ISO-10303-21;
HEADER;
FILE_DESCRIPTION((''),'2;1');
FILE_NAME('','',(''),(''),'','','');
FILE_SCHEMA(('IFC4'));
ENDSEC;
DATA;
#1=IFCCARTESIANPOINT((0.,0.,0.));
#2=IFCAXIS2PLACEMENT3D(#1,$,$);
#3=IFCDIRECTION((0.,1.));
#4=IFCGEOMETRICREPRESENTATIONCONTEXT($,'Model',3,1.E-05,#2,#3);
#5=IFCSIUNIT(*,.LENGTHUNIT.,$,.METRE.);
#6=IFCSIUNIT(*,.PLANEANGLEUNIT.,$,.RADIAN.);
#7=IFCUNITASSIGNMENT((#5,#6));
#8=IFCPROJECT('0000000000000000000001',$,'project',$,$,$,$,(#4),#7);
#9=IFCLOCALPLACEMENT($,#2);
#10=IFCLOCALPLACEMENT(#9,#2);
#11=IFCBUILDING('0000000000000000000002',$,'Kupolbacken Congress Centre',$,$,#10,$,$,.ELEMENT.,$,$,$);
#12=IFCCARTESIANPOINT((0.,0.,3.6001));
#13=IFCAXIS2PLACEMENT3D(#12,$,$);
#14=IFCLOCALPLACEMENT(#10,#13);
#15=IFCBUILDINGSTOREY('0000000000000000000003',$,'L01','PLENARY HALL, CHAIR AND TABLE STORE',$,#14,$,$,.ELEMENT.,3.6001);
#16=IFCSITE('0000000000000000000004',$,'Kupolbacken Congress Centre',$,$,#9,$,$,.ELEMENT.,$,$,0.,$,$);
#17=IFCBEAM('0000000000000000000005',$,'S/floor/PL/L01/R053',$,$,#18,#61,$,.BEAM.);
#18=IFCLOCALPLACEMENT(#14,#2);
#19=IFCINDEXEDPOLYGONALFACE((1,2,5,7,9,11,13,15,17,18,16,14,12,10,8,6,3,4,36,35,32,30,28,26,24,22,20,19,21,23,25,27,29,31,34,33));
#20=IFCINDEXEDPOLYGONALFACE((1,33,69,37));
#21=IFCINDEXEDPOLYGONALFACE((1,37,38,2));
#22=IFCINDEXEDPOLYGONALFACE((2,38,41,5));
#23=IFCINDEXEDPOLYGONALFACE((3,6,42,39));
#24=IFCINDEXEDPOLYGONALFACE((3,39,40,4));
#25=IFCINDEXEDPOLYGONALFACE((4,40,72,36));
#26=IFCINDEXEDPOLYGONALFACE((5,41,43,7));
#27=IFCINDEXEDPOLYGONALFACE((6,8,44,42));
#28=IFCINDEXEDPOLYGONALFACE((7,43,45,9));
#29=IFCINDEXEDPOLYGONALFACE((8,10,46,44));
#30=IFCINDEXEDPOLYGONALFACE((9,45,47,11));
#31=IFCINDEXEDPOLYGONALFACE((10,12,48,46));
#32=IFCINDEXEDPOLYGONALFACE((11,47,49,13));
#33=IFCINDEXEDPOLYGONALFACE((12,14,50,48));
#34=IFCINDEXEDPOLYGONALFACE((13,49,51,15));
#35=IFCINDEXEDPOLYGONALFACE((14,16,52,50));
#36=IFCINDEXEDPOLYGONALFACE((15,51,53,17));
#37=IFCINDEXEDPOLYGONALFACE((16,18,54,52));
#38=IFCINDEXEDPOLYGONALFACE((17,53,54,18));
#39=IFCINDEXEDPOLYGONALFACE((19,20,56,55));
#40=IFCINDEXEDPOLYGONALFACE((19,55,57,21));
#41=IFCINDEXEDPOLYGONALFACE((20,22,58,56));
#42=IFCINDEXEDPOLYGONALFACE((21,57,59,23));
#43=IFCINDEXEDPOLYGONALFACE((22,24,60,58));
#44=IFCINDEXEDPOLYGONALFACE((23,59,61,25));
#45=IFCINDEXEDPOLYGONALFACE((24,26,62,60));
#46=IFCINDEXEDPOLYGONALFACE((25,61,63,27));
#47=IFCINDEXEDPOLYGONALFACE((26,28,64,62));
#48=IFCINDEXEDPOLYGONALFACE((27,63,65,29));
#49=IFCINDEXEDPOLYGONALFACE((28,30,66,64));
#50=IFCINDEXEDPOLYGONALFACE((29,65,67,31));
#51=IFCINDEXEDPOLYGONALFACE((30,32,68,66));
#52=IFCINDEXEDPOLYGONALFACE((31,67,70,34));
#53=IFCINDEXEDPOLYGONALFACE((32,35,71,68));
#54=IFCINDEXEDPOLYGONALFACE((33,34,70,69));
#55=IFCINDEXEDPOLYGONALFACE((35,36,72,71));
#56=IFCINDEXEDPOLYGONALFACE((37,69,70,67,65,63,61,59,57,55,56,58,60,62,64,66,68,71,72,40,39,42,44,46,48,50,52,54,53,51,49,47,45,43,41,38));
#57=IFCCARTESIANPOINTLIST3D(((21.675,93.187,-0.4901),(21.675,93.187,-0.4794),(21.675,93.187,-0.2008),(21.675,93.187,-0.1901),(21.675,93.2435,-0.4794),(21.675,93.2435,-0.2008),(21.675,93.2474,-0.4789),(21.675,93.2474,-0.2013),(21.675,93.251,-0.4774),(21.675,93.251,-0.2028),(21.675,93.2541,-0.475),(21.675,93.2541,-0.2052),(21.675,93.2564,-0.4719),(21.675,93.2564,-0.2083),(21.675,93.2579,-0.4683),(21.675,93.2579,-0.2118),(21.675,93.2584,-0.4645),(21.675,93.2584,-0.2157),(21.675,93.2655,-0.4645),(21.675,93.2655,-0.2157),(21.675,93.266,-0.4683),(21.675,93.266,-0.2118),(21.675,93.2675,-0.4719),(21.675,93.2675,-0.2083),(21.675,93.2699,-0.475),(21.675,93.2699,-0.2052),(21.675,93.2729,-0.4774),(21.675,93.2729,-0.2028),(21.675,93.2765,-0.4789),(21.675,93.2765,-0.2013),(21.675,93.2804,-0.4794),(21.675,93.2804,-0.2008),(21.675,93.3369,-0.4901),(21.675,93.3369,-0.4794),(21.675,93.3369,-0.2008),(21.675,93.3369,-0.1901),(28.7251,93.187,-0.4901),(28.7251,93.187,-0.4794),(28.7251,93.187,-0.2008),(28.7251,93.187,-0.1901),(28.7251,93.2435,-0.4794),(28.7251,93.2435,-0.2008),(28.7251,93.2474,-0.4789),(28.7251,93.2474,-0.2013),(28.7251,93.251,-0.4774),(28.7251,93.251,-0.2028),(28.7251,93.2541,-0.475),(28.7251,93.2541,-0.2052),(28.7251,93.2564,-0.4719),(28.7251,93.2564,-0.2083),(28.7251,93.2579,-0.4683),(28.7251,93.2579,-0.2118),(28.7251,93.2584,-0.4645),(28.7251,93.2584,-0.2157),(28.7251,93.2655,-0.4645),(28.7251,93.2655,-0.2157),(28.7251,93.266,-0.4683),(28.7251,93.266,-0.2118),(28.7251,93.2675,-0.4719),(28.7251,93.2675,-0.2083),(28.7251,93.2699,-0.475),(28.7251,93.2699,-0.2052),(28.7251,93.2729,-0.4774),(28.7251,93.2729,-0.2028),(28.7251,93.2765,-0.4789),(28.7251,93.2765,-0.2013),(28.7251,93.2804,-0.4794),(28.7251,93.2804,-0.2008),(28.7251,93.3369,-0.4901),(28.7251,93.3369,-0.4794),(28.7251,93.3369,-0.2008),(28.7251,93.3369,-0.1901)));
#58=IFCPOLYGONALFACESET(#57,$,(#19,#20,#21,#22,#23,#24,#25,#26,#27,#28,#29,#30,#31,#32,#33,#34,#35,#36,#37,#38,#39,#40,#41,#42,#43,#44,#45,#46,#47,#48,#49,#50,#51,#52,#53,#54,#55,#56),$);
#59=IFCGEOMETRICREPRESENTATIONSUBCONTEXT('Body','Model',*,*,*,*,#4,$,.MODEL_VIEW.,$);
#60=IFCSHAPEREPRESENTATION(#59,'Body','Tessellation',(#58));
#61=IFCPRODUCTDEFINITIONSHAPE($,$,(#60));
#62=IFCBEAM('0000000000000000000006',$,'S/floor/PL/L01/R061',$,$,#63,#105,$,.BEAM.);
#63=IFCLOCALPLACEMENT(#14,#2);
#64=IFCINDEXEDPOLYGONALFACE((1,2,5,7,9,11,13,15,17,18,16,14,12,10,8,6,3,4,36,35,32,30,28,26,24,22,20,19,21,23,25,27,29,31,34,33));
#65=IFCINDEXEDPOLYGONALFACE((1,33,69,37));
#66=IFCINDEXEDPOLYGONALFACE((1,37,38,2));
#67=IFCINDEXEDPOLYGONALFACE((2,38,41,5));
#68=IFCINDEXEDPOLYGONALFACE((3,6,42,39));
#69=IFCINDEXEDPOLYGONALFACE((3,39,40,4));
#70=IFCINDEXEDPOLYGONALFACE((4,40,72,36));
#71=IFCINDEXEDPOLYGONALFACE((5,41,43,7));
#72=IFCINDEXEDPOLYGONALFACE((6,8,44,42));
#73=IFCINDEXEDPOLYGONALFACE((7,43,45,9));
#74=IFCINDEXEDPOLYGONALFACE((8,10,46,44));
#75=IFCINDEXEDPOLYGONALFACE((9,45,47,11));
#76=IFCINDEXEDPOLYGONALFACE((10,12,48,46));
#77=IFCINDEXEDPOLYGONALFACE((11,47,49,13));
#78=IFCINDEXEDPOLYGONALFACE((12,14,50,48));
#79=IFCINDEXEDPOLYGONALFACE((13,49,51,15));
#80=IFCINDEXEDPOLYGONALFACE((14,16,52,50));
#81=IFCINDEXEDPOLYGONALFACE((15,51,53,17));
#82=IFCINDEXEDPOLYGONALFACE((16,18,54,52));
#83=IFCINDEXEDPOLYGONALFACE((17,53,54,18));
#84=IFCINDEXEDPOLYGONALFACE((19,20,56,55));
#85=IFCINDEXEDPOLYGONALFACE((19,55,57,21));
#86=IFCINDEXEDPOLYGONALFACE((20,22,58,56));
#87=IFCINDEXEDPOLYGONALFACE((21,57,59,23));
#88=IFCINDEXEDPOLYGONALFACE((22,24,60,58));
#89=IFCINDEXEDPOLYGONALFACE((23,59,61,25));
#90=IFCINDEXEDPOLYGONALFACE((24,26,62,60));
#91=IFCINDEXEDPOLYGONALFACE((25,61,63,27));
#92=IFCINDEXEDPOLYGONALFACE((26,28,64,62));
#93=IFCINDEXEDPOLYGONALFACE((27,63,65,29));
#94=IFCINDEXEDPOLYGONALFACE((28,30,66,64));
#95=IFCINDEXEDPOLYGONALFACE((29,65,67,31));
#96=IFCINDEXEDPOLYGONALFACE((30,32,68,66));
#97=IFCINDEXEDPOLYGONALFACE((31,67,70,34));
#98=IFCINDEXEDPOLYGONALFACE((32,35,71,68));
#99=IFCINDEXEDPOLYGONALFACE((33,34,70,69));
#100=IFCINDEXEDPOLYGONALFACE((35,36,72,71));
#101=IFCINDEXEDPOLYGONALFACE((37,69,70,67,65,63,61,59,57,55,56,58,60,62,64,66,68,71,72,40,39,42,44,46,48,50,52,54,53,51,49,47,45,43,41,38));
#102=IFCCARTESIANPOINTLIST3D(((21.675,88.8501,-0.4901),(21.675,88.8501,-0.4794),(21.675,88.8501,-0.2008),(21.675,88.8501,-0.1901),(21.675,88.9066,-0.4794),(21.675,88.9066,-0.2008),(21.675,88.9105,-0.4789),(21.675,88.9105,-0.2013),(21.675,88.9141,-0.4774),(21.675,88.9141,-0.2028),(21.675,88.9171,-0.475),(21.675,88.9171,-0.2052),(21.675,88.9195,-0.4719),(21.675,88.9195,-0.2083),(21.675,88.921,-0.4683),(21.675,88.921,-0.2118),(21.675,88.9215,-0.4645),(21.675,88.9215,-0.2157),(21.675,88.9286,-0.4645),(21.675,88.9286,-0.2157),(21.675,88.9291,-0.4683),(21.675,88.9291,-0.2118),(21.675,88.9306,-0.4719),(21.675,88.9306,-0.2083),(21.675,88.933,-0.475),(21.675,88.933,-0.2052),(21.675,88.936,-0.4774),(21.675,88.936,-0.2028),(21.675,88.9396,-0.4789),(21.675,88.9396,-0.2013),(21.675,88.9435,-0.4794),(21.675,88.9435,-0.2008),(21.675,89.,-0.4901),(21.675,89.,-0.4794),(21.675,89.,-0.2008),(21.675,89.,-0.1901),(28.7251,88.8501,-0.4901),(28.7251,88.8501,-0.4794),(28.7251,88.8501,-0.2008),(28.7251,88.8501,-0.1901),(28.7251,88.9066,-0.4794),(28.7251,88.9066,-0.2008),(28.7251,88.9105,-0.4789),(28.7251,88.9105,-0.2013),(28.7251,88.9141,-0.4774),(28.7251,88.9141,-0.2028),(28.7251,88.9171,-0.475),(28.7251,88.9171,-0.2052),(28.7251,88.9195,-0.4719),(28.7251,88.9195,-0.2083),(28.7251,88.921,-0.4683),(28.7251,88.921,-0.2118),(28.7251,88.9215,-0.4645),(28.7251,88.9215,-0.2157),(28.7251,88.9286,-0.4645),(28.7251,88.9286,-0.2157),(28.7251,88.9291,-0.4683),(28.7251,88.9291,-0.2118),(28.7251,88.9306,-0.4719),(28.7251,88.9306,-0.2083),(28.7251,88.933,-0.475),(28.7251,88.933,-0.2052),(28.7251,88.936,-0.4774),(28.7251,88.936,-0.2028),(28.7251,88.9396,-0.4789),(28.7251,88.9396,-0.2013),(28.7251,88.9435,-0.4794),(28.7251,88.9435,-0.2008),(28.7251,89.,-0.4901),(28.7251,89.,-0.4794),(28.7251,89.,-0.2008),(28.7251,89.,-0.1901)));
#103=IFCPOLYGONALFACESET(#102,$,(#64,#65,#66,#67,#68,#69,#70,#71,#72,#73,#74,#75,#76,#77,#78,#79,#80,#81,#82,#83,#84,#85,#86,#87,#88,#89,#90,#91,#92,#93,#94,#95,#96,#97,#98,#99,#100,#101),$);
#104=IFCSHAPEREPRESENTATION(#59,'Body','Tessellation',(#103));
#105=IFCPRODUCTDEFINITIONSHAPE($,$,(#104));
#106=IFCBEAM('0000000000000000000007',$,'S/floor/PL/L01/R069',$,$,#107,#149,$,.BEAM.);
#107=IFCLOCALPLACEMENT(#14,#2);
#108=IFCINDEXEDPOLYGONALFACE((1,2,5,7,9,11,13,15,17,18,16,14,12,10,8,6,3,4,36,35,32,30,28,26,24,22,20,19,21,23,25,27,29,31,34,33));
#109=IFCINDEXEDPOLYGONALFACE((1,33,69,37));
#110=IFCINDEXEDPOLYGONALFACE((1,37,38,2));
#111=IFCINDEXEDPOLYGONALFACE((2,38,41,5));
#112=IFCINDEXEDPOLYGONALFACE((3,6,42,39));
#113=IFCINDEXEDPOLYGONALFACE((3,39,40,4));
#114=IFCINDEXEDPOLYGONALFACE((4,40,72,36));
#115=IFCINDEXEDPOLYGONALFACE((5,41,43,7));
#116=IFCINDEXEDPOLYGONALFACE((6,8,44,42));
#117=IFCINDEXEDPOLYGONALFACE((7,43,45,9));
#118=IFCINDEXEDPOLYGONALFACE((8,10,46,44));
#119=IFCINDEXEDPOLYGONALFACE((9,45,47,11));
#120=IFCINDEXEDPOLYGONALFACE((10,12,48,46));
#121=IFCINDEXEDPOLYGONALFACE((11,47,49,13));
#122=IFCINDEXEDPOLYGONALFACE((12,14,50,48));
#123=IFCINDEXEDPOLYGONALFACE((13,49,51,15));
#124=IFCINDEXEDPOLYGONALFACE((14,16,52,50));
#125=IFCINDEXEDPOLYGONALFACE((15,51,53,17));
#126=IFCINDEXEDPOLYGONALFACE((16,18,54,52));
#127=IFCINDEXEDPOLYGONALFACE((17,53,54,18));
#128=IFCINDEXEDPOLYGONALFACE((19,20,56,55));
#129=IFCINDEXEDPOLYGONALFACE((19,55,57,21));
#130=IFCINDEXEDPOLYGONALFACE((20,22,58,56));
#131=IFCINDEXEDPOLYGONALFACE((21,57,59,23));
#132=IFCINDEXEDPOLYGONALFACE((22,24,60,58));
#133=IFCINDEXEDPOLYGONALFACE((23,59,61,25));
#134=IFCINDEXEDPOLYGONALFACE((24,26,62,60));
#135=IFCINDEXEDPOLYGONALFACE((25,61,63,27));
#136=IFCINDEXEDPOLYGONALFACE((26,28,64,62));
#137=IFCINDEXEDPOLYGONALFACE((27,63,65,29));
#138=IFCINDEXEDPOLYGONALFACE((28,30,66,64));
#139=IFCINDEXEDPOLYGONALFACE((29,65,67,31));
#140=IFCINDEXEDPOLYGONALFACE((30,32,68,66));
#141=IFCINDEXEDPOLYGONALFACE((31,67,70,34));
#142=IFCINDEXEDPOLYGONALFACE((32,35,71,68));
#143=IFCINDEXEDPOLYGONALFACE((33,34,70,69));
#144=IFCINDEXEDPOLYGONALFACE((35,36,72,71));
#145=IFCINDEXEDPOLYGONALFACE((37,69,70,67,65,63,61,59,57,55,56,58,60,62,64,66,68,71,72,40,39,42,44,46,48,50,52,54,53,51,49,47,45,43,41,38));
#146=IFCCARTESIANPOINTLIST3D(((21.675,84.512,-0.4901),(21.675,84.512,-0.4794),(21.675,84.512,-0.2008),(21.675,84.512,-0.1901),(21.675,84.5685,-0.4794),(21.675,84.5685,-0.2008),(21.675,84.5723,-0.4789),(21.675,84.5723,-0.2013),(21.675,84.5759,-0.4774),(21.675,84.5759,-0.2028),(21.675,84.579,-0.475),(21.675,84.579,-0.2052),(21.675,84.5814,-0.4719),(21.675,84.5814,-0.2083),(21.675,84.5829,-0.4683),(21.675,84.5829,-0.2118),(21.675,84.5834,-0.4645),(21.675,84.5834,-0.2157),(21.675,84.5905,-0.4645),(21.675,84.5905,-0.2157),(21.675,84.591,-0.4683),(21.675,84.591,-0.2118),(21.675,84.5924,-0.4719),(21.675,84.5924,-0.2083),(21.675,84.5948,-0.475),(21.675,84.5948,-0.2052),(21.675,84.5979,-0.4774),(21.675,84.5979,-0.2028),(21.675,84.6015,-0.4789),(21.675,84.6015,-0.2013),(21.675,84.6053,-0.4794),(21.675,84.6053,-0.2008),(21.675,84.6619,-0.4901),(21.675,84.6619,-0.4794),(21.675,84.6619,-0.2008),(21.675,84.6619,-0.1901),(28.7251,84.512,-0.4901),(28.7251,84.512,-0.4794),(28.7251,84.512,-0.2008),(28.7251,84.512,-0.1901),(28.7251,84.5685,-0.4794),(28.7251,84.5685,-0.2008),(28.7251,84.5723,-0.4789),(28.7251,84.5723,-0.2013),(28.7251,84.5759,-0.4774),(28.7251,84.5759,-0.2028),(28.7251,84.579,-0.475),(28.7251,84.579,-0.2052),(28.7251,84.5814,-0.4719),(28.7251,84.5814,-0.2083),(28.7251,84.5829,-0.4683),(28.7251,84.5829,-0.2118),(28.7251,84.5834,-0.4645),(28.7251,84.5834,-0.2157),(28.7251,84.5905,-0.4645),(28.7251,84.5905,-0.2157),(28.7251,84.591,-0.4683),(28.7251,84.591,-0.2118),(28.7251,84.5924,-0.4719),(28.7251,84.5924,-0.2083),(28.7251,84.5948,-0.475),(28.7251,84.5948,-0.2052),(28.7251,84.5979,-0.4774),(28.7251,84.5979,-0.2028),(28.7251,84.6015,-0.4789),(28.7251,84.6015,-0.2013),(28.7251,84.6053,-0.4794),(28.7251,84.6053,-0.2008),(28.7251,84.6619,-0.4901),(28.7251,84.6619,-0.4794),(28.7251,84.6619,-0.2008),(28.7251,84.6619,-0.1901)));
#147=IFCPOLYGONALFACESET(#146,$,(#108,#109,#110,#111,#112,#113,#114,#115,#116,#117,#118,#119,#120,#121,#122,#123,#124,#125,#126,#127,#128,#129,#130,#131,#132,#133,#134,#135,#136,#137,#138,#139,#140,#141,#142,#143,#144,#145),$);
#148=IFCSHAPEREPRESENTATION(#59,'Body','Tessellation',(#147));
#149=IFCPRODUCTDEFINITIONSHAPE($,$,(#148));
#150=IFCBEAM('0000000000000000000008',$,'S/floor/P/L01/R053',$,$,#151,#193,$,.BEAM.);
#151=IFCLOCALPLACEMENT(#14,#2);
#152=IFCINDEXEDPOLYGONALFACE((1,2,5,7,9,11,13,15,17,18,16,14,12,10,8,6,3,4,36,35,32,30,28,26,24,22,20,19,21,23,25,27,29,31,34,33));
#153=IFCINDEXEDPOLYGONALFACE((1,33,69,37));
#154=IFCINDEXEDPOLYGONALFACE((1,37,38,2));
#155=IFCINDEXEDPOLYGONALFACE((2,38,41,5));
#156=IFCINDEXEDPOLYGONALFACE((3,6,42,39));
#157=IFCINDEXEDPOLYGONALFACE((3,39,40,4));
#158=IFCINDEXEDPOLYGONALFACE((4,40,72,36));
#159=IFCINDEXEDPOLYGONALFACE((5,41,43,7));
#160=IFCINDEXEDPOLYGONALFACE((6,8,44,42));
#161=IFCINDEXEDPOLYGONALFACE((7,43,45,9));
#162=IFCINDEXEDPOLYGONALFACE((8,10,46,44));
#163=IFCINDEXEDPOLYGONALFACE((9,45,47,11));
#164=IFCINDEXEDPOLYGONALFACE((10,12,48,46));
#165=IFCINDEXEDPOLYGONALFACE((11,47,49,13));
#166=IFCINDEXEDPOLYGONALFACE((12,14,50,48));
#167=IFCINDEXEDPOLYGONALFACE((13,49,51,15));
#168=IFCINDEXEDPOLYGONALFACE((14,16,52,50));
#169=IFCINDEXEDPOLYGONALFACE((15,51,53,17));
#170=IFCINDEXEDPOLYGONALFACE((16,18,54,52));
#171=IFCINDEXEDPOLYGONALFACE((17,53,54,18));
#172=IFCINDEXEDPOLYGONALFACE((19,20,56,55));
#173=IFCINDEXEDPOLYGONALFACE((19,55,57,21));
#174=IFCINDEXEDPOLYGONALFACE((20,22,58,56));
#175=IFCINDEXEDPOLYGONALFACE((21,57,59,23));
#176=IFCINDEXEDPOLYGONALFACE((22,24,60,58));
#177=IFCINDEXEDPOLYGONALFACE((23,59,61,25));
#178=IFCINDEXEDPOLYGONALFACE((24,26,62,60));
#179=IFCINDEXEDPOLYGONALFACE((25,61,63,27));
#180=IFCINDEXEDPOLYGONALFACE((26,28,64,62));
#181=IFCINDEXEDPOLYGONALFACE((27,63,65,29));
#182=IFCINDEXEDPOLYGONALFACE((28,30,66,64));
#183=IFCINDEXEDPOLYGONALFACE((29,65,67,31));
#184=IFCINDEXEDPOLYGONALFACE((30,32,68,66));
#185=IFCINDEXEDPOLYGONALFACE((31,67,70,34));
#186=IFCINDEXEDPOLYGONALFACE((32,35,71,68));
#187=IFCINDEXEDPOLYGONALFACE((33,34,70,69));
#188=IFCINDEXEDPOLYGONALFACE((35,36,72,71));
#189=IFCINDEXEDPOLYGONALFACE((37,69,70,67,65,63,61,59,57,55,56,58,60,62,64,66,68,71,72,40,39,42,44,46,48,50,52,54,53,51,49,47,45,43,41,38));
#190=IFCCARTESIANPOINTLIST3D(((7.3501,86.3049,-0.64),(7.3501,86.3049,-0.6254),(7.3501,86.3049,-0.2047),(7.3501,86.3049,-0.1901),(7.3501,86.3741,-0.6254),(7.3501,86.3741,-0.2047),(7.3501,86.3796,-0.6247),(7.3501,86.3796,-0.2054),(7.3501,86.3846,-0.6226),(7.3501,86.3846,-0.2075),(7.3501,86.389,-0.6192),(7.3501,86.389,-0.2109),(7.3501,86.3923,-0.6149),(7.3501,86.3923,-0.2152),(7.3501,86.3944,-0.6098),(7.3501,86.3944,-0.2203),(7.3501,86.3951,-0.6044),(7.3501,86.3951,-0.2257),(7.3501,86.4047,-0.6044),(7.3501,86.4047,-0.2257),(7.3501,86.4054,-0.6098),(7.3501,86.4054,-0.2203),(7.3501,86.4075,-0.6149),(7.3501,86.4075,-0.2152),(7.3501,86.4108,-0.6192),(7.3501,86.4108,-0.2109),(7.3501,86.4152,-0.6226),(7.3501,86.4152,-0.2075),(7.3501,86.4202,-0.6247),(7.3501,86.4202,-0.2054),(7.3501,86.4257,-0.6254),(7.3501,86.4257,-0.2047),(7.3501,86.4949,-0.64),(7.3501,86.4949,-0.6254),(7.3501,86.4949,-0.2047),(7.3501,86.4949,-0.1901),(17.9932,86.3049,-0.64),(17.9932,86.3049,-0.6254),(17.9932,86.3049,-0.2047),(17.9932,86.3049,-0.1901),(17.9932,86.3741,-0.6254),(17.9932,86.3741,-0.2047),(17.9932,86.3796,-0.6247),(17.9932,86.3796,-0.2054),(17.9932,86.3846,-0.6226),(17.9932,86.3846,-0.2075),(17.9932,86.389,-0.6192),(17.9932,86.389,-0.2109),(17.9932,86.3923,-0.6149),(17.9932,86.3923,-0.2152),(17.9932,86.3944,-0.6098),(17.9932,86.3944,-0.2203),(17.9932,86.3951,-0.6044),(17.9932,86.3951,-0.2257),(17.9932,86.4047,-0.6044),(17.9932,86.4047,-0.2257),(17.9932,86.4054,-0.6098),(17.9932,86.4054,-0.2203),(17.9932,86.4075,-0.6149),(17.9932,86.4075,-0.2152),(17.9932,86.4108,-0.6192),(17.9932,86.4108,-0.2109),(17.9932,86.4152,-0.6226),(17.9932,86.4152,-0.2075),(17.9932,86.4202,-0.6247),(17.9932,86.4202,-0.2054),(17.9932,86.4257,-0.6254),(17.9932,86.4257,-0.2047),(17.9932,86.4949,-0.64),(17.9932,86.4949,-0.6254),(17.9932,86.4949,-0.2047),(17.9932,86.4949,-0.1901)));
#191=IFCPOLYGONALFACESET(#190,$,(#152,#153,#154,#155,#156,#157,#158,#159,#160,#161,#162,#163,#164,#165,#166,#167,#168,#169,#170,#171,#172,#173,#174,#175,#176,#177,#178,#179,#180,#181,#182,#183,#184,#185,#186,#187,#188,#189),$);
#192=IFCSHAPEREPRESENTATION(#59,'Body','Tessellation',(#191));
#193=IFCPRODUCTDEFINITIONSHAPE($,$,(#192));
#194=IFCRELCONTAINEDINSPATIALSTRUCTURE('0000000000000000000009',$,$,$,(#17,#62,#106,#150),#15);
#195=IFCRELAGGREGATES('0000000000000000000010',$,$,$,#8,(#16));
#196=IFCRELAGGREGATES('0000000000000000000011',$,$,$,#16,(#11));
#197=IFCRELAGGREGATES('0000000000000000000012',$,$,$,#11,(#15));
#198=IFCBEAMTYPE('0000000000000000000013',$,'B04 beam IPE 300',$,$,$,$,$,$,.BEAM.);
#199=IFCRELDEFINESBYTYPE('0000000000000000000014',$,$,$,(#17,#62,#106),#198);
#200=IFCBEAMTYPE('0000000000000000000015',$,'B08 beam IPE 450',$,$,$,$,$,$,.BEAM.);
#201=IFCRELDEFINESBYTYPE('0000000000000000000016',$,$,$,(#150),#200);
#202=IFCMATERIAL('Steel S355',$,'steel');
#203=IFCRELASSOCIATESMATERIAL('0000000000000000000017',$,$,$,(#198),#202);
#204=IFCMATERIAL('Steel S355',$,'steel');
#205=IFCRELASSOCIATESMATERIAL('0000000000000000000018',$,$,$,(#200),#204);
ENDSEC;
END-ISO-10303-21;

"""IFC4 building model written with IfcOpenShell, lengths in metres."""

from ifc_helpers import new_model, si_unit, direction, frame, origin, origin_2d, place, context, subcontext, project, spatial, i_section, extrude, material, material_profile, profile_set, type_object, element, save


model = new_model("IFC4")

# Units and contexts
model_context = context("Model", 3, precision=1e-05, world=origin(), true_north=direction((0.0, 1.0)))
body_context = subcontext(model_context, "Body", "Model", "MODEL_VIEW")
ifc_project = project(units=[si_unit("LENGTHUNIT", "METRE"), si_unit("PLANEANGLEUNIT", "RADIAN")], contexts=[model_context])

# Site, building, storey
site_placement = place(None, origin())
site = spatial("IfcSite", under=ifc_project, at=site_placement, Name="Kupolbacken Congress Centre", CompositionType="ELEMENT", RefElevation=0.0)
building_placement = place(site_placement, origin())
building = spatial("IfcBuilding", under=site, at=building_placement, Name="Kupolbacken Congress Centre", CompositionType="ELEMENT")
storey_placement = place(building_placement, frame((0.0, 0.0, 3.6001)))
storey = spatial("IfcBuildingStorey", under=building, at=storey_placement, Name="L01", Description="PLENARY HALL, CHAIR AND TABLE STORE", CompositionType="ELEMENT", Elevation=3.6001)

# Beams
ifc_material_1 = material(Name="Steel S355", Category="steel")
ifc_material_profile_1 = material_profile(ifc_material_1, i_section(OverallWidth=0.1499, OverallDepth=0.3, WebThickness=0.0071, FlangeThickness=0.0107, FilletRadius=0.0149, at=origin_2d()), Name="IPE 300")
ifc_profile_set_1 = profile_set([ifc_material_profile_1], Name="Steel S355")
beam_type_1 = type_object("IfcBeamType", Name="B04 beam IPE 300", PredefinedType="BEAM", material=ifc_profile_set_1)
for number, where, z_axis, x_axis, name in (
    (1, (21.675, 93.262, -0.3401), (1.0, 0.0, 0.0), (0.0, 1.0, 0.0), "S/floor/PL/L01/R053"),
    (2, (21.675, 88.925, -0.3401), (1.0, 0.0, 0.0), (0.0, 1.0, 0.0), "S/floor/PL/L01/R061"),
    (3, (21.675, 84.5869, -0.3401), (1.0, 0.0, 0.0), (0.0, 1.0, 0.0), "S/floor/PL/L01/R069"),
):
    element("IfcBeam", number, at=place(storey_placement, frame(where, z_axis=z_axis, x_axis=x_axis)), inside=storey, type_object=beam_type_1, Name=name, PredefinedType="BEAM", context=body_context, shape_type="SweptSolid", body=[
        extrude(i_section(OverallWidth=0.1499, OverallDepth=0.3, WebThickness=0.0071, FlangeThickness=0.0107, FilletRadius=0.0149, at=origin_2d()), origin(), (0.0, 0.0, 1.0), 7.05),
    ])
ifc_material_2 = material(Name="Steel S355", Category="steel")
ifc_material_profile_2 = material_profile(ifc_material_2, i_section(OverallWidth=0.1899, OverallDepth=0.45, WebThickness=0.0095, FlangeThickness=0.0146, FilletRadius=0.021, at=origin_2d()), Name="IPE 450")
ifc_profile_set_2 = profile_set([ifc_material_profile_2], Name="Steel S355")
beam_type_2 = type_object("IfcBeamType", Name="B08 beam IPE 450", PredefinedType="BEAM", material=ifc_profile_set_2)
beam_1_placement = place(storey_placement, frame((7.3501, 86.3999, -0.415), z_axis=(1.0, 0.0, 0.0), x_axis=(0.0, 1.0, 0.0)))
element("IfcBeam", 4, at=beam_1_placement, inside=storey, type_object=beam_type_2, Name="S/floor/P/L01/R053", PredefinedType="BEAM", context=body_context, shape_type="SweptSolid", body=[
    extrude(i_section(OverallWidth=0.1899, OverallDepth=0.45, WebThickness=0.0095, FlangeThickness=0.0146, FilletRadius=0.021, at=origin_2d()), origin(), (0.0, 0.0, 1.0), 10.6431),
])

save(model, "model.ifc")
